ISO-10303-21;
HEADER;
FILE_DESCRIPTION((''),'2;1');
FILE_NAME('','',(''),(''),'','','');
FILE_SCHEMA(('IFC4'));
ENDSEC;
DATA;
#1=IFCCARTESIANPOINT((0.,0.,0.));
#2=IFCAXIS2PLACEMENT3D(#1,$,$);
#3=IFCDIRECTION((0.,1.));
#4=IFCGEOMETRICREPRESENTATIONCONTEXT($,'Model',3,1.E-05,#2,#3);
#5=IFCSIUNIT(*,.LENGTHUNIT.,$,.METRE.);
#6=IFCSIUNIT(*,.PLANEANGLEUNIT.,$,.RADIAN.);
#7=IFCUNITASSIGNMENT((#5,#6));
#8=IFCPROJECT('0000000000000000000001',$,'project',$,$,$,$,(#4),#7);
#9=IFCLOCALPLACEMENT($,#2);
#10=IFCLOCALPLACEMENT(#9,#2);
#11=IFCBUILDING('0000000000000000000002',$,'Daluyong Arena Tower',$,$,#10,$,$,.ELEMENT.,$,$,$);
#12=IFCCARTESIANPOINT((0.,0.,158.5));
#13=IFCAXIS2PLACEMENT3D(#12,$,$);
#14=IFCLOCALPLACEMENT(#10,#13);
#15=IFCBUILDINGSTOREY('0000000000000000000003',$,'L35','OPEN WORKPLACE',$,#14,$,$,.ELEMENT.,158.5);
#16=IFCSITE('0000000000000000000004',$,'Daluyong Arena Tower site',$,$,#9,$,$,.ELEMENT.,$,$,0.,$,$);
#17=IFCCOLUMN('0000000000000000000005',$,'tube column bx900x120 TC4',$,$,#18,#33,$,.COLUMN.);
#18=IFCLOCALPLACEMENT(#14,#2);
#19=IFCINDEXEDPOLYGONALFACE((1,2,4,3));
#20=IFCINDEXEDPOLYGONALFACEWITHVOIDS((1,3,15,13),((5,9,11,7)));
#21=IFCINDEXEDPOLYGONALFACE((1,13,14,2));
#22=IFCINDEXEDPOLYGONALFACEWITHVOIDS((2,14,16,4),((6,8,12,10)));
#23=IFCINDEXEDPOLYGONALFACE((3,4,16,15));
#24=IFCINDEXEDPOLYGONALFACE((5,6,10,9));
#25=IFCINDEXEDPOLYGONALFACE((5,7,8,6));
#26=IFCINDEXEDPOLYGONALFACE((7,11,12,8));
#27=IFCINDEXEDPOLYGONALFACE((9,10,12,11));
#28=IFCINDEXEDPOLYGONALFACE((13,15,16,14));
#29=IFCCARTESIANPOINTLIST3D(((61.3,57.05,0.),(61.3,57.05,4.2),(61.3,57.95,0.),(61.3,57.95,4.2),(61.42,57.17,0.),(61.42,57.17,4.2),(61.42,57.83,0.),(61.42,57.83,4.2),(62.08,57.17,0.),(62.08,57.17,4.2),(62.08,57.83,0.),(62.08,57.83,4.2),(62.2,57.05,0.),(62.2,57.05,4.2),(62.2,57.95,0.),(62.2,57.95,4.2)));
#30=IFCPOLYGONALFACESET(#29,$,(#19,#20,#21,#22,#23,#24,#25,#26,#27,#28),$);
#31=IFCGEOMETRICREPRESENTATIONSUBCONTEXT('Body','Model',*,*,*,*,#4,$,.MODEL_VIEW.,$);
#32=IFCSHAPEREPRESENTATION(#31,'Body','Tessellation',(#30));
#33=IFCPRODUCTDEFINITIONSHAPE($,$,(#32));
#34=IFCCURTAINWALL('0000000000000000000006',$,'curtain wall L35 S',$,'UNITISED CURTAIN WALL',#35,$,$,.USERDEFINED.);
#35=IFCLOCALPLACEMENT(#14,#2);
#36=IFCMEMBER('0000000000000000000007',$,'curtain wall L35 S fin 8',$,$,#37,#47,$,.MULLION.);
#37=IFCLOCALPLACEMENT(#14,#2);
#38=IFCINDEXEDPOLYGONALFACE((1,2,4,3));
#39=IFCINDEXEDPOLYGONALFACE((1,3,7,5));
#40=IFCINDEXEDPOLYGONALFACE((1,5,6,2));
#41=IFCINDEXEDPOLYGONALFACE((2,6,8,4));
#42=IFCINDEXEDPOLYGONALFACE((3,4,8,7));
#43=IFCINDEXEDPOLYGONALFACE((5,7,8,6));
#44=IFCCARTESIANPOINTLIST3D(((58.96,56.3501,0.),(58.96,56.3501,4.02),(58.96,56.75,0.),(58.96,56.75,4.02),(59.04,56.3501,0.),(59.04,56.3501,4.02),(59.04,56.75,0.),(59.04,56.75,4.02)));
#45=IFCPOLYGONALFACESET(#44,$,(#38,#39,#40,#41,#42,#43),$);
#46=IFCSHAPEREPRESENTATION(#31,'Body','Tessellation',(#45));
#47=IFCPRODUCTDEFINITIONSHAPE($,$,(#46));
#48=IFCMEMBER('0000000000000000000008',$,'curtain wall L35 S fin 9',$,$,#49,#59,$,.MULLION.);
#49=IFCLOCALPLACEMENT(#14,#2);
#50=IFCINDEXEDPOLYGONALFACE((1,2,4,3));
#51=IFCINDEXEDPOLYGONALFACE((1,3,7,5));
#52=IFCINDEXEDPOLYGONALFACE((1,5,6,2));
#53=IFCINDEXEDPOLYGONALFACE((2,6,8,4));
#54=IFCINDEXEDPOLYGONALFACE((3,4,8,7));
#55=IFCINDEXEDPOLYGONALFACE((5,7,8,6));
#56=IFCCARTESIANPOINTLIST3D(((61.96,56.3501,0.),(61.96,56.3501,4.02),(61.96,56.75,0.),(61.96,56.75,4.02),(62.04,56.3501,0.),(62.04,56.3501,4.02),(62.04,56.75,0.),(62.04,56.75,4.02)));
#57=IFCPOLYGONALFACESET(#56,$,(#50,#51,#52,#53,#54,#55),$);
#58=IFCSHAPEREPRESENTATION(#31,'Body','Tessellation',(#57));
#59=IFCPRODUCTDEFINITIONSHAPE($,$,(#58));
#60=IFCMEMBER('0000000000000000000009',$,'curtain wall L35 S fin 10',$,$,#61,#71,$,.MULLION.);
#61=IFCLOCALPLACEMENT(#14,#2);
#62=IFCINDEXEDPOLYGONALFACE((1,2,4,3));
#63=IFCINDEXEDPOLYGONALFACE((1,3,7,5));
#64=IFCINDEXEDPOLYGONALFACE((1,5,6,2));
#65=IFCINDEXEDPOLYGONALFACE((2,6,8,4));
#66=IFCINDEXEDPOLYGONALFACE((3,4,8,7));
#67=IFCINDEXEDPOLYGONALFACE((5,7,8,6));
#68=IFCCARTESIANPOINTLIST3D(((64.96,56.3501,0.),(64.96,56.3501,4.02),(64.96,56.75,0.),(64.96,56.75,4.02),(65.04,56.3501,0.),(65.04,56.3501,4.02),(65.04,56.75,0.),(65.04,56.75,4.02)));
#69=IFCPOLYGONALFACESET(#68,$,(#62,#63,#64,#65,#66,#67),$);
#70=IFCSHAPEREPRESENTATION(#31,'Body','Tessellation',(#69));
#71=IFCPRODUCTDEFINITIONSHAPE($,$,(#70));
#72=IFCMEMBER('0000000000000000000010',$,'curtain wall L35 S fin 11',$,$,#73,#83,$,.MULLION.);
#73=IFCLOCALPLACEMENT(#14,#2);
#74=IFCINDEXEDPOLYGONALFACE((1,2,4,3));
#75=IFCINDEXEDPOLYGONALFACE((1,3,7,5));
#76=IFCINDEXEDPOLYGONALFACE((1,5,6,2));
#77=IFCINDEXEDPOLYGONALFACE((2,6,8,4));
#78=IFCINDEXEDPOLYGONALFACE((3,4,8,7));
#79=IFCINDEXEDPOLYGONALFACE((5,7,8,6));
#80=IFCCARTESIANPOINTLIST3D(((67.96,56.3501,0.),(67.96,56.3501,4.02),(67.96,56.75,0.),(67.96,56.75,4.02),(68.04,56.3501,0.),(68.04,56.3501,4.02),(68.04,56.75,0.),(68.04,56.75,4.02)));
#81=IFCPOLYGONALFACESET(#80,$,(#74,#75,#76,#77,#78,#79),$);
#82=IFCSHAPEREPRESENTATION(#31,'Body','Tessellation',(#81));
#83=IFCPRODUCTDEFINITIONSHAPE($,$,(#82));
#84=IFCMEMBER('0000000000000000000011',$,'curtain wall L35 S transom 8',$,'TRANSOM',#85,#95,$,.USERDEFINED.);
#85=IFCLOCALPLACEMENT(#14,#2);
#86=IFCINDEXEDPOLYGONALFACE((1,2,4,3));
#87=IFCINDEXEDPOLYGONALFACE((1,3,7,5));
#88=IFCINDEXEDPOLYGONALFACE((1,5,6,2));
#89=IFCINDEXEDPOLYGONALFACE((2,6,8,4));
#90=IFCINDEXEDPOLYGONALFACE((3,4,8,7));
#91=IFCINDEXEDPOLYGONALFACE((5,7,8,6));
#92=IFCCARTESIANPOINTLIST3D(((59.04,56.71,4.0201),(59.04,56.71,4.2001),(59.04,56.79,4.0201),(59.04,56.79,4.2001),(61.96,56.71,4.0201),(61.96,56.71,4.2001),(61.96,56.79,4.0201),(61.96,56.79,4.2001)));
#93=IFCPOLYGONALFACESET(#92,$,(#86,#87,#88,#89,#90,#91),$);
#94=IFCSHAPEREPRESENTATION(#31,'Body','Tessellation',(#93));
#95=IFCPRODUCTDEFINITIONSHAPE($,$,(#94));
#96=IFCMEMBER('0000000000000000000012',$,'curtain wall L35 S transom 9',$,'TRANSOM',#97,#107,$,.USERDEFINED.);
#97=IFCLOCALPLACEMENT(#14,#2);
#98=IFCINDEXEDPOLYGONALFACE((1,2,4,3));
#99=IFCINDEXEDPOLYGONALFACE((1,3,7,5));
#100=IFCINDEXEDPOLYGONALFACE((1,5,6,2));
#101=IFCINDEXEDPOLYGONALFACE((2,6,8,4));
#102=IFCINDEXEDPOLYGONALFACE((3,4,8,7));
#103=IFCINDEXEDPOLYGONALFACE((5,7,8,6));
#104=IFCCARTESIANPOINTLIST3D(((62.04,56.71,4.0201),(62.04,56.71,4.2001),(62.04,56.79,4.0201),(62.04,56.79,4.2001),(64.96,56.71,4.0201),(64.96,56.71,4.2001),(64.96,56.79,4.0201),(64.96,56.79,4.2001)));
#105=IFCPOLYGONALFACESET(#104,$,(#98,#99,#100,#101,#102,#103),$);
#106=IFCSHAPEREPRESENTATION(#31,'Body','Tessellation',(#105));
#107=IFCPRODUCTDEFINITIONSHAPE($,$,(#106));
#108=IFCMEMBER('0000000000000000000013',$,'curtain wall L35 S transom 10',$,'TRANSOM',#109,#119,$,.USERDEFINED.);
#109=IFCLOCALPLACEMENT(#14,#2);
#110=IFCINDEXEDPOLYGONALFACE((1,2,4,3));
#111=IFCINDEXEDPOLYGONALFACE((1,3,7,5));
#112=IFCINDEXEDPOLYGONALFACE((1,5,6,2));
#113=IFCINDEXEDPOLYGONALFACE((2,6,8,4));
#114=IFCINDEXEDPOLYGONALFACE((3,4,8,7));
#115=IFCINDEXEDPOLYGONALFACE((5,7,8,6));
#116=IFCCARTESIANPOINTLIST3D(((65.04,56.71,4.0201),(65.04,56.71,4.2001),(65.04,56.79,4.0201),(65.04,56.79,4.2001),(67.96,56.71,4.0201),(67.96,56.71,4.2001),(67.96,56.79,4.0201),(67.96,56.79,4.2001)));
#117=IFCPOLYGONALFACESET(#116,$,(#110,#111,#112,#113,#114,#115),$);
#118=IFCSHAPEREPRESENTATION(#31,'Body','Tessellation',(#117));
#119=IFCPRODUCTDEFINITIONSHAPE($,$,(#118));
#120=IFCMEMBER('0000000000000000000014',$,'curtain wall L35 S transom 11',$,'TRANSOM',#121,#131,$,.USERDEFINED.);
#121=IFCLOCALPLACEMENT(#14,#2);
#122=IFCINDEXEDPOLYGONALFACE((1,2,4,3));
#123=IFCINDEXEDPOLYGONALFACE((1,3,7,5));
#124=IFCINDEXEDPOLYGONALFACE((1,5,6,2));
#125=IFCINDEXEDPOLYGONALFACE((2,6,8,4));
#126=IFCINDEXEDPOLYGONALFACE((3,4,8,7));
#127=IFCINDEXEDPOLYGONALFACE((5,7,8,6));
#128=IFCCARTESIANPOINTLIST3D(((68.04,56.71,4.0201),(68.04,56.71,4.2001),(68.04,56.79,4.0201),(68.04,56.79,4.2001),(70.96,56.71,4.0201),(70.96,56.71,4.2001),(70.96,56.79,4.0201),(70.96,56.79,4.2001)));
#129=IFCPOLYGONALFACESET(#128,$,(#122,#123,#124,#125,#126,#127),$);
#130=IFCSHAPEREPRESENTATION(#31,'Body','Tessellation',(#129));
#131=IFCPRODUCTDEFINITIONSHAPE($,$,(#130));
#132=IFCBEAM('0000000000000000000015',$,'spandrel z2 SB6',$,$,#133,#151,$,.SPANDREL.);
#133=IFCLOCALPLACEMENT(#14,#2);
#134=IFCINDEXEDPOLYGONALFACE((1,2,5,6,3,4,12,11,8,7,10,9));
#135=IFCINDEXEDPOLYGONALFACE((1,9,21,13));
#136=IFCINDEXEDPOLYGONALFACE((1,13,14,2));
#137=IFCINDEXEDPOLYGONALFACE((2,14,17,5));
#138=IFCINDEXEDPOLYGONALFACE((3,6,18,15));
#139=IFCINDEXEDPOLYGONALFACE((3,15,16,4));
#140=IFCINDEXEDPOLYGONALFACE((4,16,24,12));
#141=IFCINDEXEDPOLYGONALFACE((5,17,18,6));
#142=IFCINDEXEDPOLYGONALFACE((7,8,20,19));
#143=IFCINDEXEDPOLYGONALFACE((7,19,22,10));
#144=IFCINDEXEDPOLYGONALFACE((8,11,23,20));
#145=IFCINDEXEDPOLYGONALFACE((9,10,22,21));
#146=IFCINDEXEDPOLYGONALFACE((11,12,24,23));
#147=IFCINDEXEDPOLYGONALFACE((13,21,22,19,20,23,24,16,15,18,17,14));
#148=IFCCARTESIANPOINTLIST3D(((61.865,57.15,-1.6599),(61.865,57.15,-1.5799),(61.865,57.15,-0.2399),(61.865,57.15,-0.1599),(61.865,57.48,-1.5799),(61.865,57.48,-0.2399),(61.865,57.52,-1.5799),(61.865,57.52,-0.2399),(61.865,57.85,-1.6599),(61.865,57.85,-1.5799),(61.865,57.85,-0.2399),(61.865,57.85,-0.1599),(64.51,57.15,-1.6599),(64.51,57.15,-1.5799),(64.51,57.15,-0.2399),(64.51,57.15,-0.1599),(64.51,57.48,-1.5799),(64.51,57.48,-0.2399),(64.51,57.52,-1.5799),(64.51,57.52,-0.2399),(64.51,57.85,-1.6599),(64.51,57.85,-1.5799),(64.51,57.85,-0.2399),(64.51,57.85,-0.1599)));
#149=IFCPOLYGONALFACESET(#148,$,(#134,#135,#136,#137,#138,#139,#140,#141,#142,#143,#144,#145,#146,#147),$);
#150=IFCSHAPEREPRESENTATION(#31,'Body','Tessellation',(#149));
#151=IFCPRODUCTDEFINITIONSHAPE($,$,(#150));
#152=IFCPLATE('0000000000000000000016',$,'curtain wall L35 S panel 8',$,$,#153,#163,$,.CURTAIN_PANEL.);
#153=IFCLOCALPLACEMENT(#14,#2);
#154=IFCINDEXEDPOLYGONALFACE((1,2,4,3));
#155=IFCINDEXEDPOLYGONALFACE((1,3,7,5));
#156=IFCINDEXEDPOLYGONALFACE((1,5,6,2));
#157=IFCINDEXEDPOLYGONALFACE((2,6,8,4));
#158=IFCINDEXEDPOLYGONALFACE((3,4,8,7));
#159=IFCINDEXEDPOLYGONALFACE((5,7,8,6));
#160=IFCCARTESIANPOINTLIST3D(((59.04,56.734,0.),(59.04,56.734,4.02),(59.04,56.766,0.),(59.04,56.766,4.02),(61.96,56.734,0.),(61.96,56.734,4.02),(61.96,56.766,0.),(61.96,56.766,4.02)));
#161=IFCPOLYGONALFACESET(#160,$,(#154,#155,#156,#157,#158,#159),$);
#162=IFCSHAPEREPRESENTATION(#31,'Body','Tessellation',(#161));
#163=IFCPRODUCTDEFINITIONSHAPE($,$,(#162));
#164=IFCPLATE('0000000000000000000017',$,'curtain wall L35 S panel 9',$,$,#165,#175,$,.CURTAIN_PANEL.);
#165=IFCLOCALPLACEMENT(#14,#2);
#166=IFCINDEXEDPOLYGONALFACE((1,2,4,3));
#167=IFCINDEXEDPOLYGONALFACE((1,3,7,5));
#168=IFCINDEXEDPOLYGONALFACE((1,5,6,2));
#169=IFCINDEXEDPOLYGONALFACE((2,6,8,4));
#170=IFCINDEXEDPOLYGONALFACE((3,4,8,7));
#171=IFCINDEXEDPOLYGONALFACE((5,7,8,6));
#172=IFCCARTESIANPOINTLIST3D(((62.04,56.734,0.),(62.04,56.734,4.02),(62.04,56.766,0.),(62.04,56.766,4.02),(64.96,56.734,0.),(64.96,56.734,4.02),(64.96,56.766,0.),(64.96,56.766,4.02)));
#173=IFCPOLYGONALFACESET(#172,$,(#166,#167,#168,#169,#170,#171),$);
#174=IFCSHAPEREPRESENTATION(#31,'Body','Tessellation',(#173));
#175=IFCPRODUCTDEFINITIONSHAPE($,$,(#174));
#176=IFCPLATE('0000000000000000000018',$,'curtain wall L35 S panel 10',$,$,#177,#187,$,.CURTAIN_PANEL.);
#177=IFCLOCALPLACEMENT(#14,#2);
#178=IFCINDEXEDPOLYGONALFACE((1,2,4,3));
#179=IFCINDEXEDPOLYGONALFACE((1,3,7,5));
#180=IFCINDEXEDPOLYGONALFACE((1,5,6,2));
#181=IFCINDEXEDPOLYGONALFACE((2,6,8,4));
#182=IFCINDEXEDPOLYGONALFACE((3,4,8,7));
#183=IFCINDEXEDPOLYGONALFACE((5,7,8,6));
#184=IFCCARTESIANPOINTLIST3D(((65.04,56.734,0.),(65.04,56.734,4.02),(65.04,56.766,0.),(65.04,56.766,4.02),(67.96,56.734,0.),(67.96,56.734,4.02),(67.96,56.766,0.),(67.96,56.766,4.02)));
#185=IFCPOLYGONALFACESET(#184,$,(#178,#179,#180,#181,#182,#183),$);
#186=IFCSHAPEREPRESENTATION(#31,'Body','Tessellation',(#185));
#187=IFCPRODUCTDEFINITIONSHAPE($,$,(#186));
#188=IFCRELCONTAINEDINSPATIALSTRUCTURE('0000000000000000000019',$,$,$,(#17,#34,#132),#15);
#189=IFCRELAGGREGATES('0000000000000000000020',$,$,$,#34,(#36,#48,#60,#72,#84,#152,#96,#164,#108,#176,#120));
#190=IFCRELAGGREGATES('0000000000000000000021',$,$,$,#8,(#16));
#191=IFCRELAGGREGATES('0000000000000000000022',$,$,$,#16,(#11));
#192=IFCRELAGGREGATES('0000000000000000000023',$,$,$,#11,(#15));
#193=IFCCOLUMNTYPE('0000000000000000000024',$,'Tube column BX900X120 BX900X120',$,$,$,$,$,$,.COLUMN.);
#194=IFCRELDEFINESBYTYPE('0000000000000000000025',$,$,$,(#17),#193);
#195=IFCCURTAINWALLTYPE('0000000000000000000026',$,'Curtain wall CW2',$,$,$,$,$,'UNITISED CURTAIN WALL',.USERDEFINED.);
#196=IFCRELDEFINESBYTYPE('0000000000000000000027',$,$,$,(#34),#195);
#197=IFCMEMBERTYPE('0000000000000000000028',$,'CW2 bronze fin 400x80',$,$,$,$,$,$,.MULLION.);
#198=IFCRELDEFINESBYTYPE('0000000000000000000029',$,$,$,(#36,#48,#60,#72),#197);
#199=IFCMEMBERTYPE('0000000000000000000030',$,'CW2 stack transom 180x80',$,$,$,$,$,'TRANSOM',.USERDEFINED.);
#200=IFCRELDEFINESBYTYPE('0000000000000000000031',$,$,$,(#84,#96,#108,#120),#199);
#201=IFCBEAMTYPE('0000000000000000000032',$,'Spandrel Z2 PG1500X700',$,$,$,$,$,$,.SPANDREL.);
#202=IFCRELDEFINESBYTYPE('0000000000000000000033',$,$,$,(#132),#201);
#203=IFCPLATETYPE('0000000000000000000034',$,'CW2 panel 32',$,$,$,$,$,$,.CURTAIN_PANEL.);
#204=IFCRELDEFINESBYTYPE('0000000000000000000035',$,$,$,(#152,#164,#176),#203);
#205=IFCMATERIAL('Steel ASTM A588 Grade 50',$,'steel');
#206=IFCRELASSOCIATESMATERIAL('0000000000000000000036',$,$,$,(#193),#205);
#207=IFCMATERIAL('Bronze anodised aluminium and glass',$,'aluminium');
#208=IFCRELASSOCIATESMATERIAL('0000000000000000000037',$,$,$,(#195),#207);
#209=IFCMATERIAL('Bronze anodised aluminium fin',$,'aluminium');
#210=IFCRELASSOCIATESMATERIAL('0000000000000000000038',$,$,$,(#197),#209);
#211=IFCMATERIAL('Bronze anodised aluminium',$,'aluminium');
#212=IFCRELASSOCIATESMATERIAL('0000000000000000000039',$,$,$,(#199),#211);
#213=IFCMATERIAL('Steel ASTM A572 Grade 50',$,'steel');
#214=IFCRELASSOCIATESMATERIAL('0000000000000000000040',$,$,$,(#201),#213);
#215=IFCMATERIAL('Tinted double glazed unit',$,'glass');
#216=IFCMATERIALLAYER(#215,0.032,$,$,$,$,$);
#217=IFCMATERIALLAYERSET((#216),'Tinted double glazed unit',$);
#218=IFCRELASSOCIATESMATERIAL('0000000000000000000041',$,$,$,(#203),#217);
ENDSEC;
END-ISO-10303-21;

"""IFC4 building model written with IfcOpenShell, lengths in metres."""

from ifc_helpers import new_model, si_unit, direction, frame, origin, origin_2d, place, context, subcontext, project, spatial, rectangle, hollow_rectangle, i_section, extrude, material, layer, layer_set, material_profile, profile_set, type_object, element, aggregate, save


model = new_model("IFC4")

# Units and contexts
model_context = context("Model", 3, precision=1e-05, world=origin(), true_north=direction((0.0, 1.0)))
body_context = subcontext(model_context, "Body", "Model", "MODEL_VIEW")
ifc_project = project(units=[si_unit("LENGTHUNIT", "METRE"), si_unit("PLANEANGLEUNIT", "RADIAN")], contexts=[model_context])

# Site, building, storey
site_placement = place(None, origin())
site = spatial("IfcSite", under=ifc_project, at=site_placement, Name="Daluyong Arena Tower site", CompositionType="ELEMENT", RefElevation=0.0)
building_placement = place(site_placement, origin())
building = spatial("IfcBuilding", under=site, at=building_placement, Name="Daluyong Arena Tower", CompositionType="ELEMENT")
storey_placement = place(building_placement, frame((0.0, 0.0, 158.5)))
storey = spatial("IfcBuildingStorey", under=building, at=storey_placement, Name="L35", Description="OPEN WORKPLACE", CompositionType="ELEMENT", Elevation=158.5)

# Column
ifc_material_1 = material(Name="Steel ASTM A588 Grade 50", Category="steel")
ifc_material_profile_1 = material_profile(ifc_material_1, hollow_rectangle(XDim=0.8999, YDim=0.8999, WallThickness=0.12, at=origin_2d()))
ifc_profile_set_1 = profile_set([ifc_material_profile_1], Name="Steel ASTM A588 Grade 50")
column_type = type_object("IfcColumnType", Name="Tube column BX900X120 BX900X120", PredefinedType="COLUMN", material=ifc_profile_set_1)
column_placement = place(storey_placement, frame((61.75, 57.5, 0.0), z_axis=(0.0, 0.0, 1.0), x_axis=(1.0, 0.0, 0.0)))
element("IfcColumn", 1, at=column_placement, inside=storey, type_object=column_type, Name="tube column bx900x120 TC4", PredefinedType="COLUMN", context=body_context, shape_type="SweptSolid", body=[
    extrude(hollow_rectangle(XDim=0.8999, YDim=0.8999, WallThickness=0.12, at=origin_2d()), origin(), (0.0, 0.0, 1.0), 4.2),
])

# Curtain wall, members
ifc_material_2 = material(Name="Bronze anodised aluminium and glass", Category="aluminium")
curtain_wall_type = type_object("IfcCurtainWallType", Name="Curtain wall CW2", ElementType="UNITISED CURTAIN WALL", PredefinedType="USERDEFINED", material=ifc_material_2)
curtain_wall_placement = place(storey_placement, origin())
curtain_wall = element("IfcCurtainWall", 2, at=curtain_wall_placement, inside=storey, type_object=curtain_wall_type, Name="curtain wall L35 S", ObjectType="UNITISED CURTAIN WALL", PredefinedType="USERDEFINED")
ifc_material_3 = material(Name="Bronze anodised aluminium fin", Category="aluminium")
ifc_material_profile_2 = material_profile(ifc_material_3, rectangle(XDim=0.3999, YDim=0.0801, at=origin_2d()))
ifc_profile_set_2 = profile_set([ifc_material_profile_2], Name="Bronze anodised aluminium fin")
member_type_1 = type_object("IfcMemberType", Name="CW2 bronze fin 400x80", PredefinedType="MULLION", material=ifc_profile_set_2)
member_1_placement = place(storey_placement, frame((59.0, 56.55, 0.0), z_axis=(0.0, 0.0, 1.0), x_axis=(0.0, 1.0, 0.0)))
member_1 = element("IfcMember", 3, at=member_1_placement, type_object=member_type_1, Name="curtain wall L35 S fin 8", PredefinedType="MULLION", context=body_context, shape_type="SweptSolid", body=[
    extrude(rectangle(XDim=0.3999, YDim=0.0801, at=origin_2d()), origin(), (0.0, 0.0, 1.0), 4.02),
])
member_2_placement = place(storey_placement, frame((62.0, 56.55, 0.0), z_axis=(0.0, 0.0, 1.0), x_axis=(0.0, 1.0, 0.0)))
member_2 = element("IfcMember", 4, at=member_2_placement, type_object=member_type_1, Name="curtain wall L35 S fin 9", PredefinedType="MULLION", context=body_context, shape_type="SweptSolid", body=[
    extrude(rectangle(XDim=0.3999, YDim=0.0801, at=origin_2d()), origin(), (0.0, 0.0, 1.0), 4.02),
])
member_3_placement = place(storey_placement, frame((65.0, 56.55, 0.0), z_axis=(0.0, 0.0, 1.0), x_axis=(0.0, 1.0, 0.0)))
member_3 = element("IfcMember", 5, at=member_3_placement, type_object=member_type_1, Name="curtain wall L35 S fin 10", PredefinedType="MULLION", context=body_context, shape_type="SweptSolid", body=[
    extrude(rectangle(XDim=0.3999, YDim=0.0801, at=origin_2d()), origin(), (0.0, 0.0, 1.0), 4.02),
])
member_4_placement = place(storey_placement, frame((68.0, 56.55, 0.0), z_axis=(0.0, 0.0, 1.0), x_axis=(0.0, 1.0, 0.0)))
member_4 = element("IfcMember", 6, at=member_4_placement, type_object=member_type_1, Name="curtain wall L35 S fin 11", PredefinedType="MULLION", context=body_context, shape_type="SweptSolid", body=[
    extrude(rectangle(XDim=0.3999, YDim=0.0801, at=origin_2d()), origin(), (0.0, 0.0, 1.0), 4.02),
])
ifc_material_4 = material(Name="Bronze anodised aluminium", Category="aluminium")
ifc_material_profile_3 = material_profile(ifc_material_4, rectangle(XDim=0.0801, YDim=0.1799, at=origin_2d()))
ifc_profile_set_3 = profile_set([ifc_material_profile_3], Name="Bronze anodised aluminium")
member_type_2 = type_object("IfcMemberType", Name="CW2 stack transom 180x80", ElementType="TRANSOM", PredefinedType="USERDEFINED", material=ifc_profile_set_3)
member_5_placement = place(storey_placement, frame((59.04, 56.75, 4.1101), z_axis=(1.0, 0.0, 0.0), x_axis=(0.0, 1.0, 0.0)))
member_5 = element("IfcMember", 7, at=member_5_placement, type_object=member_type_2, Name="curtain wall L35 S transom 8", ObjectType="TRANSOM", PredefinedType="USERDEFINED", context=body_context, shape_type="SweptSolid", body=[
    extrude(rectangle(XDim=0.0801, YDim=0.1799, at=origin_2d()), origin(), (0.0, 0.0, 1.0), 2.9199),
])
member_6_placement = place(storey_placement, frame((62.04, 56.75, 4.1101), z_axis=(1.0, 0.0, 0.0), x_axis=(0.0, 1.0, 0.0)))
member_6 = element("IfcMember", 8, at=member_6_placement, type_object=member_type_2, Name="curtain wall L35 S transom 9", ObjectType="TRANSOM", PredefinedType="USERDEFINED", context=body_context, shape_type="SweptSolid", body=[
    extrude(rectangle(XDim=0.0801, YDim=0.1799, at=origin_2d()), origin(), (0.0, 0.0, 1.0), 2.9199),
])
member_7_placement = place(storey_placement, frame((65.04, 56.75, 4.1101), z_axis=(1.0, 0.0, 0.0), x_axis=(0.0, 1.0, 0.0)))
member_7 = element("IfcMember", 9, at=member_7_placement, type_object=member_type_2, Name="curtain wall L35 S transom 10", ObjectType="TRANSOM", PredefinedType="USERDEFINED", context=body_context, shape_type="SweptSolid", body=[
    extrude(rectangle(XDim=0.0801, YDim=0.1799, at=origin_2d()), origin(), (0.0, 0.0, 1.0), 2.9199),
])
member_8_placement = place(storey_placement, frame((68.04, 56.75, 4.1101), z_axis=(1.0, 0.0, 0.0), x_axis=(0.0, 1.0, 0.0)))
member_8 = element("IfcMember", 10, at=member_8_placement, type_object=member_type_2, Name="curtain wall L35 S transom 11", ObjectType="TRANSOM", PredefinedType="USERDEFINED", context=body_context, shape_type="SweptSolid", body=[
    extrude(rectangle(XDim=0.0801, YDim=0.1799, at=origin_2d()), origin(), (0.0, 0.0, 1.0), 2.9199),
])

# Beam
ifc_material_5 = material(Name="Steel ASTM A572 Grade 50", Category="steel")
ifc_material_profile_4 = material_profile(ifc_material_5, i_section(OverallWidth=0.7, OverallDepth=1.5, WebThickness=0.04, FlangeThickness=0.08, at=origin_2d()))
ifc_profile_set_4 = profile_set([ifc_material_profile_4], Name="Steel ASTM A572 Grade 50")
beam_type = type_object("IfcBeamType", Name="Spandrel Z2 PG1500X700", PredefinedType="SPANDREL", material=ifc_profile_set_4)
beam_placement = place(storey_placement, frame((61.865, 57.5, -0.9099), z_axis=(1.0, 0.0, 0.0), x_axis=(0.0, 1.0, 0.0)))
element("IfcBeam", 11, at=beam_placement, inside=storey, type_object=beam_type, Name="spandrel z2 SB6", PredefinedType="SPANDREL", context=body_context, shape_type="SweptSolid", body=[
    extrude(i_section(OverallWidth=0.7, OverallDepth=1.5, WebThickness=0.04, FlangeThickness=0.08, at=origin_2d()), origin(), (0.0, 0.0, 1.0), 2.645),
])

# Plates
ifc_material_6 = material(Name="Tinted double glazed unit", Category="glass")
ifc_layer = layer(ifc_material_6, 0.032)
ifc_layer_set = layer_set([ifc_layer], Name="Tinted double glazed unit")
plate_type = type_object("IfcPlateType", Name="CW2 panel 32", PredefinedType="CURTAIN_PANEL", material=ifc_layer_set)
plate_1_placement = place(storey_placement, frame((60.5, 56.75, 0.0), z_axis=(0.0, 0.0, 1.0), x_axis=(1.0, 0.0, 0.0)))
plate_1 = element("IfcPlate", 12, at=plate_1_placement, type_object=plate_type, Name="curtain wall L35 S panel 8", PredefinedType="CURTAIN_PANEL", context=body_context, shape_type="SweptSolid", body=[
    extrude(rectangle(XDim=2.9199, YDim=0.032, at=origin_2d()), origin(), (0.0, 0.0, 1.0), 4.02),
])
plate_2_placement = place(storey_placement, frame((63.5, 56.75, 0.0), z_axis=(0.0, 0.0, 1.0), x_axis=(1.0, 0.0, 0.0)))
plate_2 = element("IfcPlate", 13, at=plate_2_placement, type_object=plate_type, Name="curtain wall L35 S panel 9", PredefinedType="CURTAIN_PANEL", context=body_context, shape_type="SweptSolid", body=[
    extrude(rectangle(XDim=2.9199, YDim=0.032, at=origin_2d()), origin(), (0.0, 0.0, 1.0), 4.02),
])
plate_3_placement = place(storey_placement, frame((66.5, 56.75, 0.0), z_axis=(0.0, 0.0, 1.0), x_axis=(1.0, 0.0, 0.0)))
plate_3 = element("IfcPlate", 14, at=plate_3_placement, type_object=plate_type, Name="curtain wall L35 S panel 10", PredefinedType="CURTAIN_PANEL", context=body_context, shape_type="SweptSolid", body=[
    extrude(rectangle(XDim=2.9199, YDim=0.032, at=origin_2d()), origin(), (0.0, 0.0, 1.0), 4.02),
])
aggregate(curtain_wall, [member_1, member_2, member_3, member_4, member_5, plate_1, member_6, plate_2, member_7, plate_3, member_8])

save(model, "model.ifc")
